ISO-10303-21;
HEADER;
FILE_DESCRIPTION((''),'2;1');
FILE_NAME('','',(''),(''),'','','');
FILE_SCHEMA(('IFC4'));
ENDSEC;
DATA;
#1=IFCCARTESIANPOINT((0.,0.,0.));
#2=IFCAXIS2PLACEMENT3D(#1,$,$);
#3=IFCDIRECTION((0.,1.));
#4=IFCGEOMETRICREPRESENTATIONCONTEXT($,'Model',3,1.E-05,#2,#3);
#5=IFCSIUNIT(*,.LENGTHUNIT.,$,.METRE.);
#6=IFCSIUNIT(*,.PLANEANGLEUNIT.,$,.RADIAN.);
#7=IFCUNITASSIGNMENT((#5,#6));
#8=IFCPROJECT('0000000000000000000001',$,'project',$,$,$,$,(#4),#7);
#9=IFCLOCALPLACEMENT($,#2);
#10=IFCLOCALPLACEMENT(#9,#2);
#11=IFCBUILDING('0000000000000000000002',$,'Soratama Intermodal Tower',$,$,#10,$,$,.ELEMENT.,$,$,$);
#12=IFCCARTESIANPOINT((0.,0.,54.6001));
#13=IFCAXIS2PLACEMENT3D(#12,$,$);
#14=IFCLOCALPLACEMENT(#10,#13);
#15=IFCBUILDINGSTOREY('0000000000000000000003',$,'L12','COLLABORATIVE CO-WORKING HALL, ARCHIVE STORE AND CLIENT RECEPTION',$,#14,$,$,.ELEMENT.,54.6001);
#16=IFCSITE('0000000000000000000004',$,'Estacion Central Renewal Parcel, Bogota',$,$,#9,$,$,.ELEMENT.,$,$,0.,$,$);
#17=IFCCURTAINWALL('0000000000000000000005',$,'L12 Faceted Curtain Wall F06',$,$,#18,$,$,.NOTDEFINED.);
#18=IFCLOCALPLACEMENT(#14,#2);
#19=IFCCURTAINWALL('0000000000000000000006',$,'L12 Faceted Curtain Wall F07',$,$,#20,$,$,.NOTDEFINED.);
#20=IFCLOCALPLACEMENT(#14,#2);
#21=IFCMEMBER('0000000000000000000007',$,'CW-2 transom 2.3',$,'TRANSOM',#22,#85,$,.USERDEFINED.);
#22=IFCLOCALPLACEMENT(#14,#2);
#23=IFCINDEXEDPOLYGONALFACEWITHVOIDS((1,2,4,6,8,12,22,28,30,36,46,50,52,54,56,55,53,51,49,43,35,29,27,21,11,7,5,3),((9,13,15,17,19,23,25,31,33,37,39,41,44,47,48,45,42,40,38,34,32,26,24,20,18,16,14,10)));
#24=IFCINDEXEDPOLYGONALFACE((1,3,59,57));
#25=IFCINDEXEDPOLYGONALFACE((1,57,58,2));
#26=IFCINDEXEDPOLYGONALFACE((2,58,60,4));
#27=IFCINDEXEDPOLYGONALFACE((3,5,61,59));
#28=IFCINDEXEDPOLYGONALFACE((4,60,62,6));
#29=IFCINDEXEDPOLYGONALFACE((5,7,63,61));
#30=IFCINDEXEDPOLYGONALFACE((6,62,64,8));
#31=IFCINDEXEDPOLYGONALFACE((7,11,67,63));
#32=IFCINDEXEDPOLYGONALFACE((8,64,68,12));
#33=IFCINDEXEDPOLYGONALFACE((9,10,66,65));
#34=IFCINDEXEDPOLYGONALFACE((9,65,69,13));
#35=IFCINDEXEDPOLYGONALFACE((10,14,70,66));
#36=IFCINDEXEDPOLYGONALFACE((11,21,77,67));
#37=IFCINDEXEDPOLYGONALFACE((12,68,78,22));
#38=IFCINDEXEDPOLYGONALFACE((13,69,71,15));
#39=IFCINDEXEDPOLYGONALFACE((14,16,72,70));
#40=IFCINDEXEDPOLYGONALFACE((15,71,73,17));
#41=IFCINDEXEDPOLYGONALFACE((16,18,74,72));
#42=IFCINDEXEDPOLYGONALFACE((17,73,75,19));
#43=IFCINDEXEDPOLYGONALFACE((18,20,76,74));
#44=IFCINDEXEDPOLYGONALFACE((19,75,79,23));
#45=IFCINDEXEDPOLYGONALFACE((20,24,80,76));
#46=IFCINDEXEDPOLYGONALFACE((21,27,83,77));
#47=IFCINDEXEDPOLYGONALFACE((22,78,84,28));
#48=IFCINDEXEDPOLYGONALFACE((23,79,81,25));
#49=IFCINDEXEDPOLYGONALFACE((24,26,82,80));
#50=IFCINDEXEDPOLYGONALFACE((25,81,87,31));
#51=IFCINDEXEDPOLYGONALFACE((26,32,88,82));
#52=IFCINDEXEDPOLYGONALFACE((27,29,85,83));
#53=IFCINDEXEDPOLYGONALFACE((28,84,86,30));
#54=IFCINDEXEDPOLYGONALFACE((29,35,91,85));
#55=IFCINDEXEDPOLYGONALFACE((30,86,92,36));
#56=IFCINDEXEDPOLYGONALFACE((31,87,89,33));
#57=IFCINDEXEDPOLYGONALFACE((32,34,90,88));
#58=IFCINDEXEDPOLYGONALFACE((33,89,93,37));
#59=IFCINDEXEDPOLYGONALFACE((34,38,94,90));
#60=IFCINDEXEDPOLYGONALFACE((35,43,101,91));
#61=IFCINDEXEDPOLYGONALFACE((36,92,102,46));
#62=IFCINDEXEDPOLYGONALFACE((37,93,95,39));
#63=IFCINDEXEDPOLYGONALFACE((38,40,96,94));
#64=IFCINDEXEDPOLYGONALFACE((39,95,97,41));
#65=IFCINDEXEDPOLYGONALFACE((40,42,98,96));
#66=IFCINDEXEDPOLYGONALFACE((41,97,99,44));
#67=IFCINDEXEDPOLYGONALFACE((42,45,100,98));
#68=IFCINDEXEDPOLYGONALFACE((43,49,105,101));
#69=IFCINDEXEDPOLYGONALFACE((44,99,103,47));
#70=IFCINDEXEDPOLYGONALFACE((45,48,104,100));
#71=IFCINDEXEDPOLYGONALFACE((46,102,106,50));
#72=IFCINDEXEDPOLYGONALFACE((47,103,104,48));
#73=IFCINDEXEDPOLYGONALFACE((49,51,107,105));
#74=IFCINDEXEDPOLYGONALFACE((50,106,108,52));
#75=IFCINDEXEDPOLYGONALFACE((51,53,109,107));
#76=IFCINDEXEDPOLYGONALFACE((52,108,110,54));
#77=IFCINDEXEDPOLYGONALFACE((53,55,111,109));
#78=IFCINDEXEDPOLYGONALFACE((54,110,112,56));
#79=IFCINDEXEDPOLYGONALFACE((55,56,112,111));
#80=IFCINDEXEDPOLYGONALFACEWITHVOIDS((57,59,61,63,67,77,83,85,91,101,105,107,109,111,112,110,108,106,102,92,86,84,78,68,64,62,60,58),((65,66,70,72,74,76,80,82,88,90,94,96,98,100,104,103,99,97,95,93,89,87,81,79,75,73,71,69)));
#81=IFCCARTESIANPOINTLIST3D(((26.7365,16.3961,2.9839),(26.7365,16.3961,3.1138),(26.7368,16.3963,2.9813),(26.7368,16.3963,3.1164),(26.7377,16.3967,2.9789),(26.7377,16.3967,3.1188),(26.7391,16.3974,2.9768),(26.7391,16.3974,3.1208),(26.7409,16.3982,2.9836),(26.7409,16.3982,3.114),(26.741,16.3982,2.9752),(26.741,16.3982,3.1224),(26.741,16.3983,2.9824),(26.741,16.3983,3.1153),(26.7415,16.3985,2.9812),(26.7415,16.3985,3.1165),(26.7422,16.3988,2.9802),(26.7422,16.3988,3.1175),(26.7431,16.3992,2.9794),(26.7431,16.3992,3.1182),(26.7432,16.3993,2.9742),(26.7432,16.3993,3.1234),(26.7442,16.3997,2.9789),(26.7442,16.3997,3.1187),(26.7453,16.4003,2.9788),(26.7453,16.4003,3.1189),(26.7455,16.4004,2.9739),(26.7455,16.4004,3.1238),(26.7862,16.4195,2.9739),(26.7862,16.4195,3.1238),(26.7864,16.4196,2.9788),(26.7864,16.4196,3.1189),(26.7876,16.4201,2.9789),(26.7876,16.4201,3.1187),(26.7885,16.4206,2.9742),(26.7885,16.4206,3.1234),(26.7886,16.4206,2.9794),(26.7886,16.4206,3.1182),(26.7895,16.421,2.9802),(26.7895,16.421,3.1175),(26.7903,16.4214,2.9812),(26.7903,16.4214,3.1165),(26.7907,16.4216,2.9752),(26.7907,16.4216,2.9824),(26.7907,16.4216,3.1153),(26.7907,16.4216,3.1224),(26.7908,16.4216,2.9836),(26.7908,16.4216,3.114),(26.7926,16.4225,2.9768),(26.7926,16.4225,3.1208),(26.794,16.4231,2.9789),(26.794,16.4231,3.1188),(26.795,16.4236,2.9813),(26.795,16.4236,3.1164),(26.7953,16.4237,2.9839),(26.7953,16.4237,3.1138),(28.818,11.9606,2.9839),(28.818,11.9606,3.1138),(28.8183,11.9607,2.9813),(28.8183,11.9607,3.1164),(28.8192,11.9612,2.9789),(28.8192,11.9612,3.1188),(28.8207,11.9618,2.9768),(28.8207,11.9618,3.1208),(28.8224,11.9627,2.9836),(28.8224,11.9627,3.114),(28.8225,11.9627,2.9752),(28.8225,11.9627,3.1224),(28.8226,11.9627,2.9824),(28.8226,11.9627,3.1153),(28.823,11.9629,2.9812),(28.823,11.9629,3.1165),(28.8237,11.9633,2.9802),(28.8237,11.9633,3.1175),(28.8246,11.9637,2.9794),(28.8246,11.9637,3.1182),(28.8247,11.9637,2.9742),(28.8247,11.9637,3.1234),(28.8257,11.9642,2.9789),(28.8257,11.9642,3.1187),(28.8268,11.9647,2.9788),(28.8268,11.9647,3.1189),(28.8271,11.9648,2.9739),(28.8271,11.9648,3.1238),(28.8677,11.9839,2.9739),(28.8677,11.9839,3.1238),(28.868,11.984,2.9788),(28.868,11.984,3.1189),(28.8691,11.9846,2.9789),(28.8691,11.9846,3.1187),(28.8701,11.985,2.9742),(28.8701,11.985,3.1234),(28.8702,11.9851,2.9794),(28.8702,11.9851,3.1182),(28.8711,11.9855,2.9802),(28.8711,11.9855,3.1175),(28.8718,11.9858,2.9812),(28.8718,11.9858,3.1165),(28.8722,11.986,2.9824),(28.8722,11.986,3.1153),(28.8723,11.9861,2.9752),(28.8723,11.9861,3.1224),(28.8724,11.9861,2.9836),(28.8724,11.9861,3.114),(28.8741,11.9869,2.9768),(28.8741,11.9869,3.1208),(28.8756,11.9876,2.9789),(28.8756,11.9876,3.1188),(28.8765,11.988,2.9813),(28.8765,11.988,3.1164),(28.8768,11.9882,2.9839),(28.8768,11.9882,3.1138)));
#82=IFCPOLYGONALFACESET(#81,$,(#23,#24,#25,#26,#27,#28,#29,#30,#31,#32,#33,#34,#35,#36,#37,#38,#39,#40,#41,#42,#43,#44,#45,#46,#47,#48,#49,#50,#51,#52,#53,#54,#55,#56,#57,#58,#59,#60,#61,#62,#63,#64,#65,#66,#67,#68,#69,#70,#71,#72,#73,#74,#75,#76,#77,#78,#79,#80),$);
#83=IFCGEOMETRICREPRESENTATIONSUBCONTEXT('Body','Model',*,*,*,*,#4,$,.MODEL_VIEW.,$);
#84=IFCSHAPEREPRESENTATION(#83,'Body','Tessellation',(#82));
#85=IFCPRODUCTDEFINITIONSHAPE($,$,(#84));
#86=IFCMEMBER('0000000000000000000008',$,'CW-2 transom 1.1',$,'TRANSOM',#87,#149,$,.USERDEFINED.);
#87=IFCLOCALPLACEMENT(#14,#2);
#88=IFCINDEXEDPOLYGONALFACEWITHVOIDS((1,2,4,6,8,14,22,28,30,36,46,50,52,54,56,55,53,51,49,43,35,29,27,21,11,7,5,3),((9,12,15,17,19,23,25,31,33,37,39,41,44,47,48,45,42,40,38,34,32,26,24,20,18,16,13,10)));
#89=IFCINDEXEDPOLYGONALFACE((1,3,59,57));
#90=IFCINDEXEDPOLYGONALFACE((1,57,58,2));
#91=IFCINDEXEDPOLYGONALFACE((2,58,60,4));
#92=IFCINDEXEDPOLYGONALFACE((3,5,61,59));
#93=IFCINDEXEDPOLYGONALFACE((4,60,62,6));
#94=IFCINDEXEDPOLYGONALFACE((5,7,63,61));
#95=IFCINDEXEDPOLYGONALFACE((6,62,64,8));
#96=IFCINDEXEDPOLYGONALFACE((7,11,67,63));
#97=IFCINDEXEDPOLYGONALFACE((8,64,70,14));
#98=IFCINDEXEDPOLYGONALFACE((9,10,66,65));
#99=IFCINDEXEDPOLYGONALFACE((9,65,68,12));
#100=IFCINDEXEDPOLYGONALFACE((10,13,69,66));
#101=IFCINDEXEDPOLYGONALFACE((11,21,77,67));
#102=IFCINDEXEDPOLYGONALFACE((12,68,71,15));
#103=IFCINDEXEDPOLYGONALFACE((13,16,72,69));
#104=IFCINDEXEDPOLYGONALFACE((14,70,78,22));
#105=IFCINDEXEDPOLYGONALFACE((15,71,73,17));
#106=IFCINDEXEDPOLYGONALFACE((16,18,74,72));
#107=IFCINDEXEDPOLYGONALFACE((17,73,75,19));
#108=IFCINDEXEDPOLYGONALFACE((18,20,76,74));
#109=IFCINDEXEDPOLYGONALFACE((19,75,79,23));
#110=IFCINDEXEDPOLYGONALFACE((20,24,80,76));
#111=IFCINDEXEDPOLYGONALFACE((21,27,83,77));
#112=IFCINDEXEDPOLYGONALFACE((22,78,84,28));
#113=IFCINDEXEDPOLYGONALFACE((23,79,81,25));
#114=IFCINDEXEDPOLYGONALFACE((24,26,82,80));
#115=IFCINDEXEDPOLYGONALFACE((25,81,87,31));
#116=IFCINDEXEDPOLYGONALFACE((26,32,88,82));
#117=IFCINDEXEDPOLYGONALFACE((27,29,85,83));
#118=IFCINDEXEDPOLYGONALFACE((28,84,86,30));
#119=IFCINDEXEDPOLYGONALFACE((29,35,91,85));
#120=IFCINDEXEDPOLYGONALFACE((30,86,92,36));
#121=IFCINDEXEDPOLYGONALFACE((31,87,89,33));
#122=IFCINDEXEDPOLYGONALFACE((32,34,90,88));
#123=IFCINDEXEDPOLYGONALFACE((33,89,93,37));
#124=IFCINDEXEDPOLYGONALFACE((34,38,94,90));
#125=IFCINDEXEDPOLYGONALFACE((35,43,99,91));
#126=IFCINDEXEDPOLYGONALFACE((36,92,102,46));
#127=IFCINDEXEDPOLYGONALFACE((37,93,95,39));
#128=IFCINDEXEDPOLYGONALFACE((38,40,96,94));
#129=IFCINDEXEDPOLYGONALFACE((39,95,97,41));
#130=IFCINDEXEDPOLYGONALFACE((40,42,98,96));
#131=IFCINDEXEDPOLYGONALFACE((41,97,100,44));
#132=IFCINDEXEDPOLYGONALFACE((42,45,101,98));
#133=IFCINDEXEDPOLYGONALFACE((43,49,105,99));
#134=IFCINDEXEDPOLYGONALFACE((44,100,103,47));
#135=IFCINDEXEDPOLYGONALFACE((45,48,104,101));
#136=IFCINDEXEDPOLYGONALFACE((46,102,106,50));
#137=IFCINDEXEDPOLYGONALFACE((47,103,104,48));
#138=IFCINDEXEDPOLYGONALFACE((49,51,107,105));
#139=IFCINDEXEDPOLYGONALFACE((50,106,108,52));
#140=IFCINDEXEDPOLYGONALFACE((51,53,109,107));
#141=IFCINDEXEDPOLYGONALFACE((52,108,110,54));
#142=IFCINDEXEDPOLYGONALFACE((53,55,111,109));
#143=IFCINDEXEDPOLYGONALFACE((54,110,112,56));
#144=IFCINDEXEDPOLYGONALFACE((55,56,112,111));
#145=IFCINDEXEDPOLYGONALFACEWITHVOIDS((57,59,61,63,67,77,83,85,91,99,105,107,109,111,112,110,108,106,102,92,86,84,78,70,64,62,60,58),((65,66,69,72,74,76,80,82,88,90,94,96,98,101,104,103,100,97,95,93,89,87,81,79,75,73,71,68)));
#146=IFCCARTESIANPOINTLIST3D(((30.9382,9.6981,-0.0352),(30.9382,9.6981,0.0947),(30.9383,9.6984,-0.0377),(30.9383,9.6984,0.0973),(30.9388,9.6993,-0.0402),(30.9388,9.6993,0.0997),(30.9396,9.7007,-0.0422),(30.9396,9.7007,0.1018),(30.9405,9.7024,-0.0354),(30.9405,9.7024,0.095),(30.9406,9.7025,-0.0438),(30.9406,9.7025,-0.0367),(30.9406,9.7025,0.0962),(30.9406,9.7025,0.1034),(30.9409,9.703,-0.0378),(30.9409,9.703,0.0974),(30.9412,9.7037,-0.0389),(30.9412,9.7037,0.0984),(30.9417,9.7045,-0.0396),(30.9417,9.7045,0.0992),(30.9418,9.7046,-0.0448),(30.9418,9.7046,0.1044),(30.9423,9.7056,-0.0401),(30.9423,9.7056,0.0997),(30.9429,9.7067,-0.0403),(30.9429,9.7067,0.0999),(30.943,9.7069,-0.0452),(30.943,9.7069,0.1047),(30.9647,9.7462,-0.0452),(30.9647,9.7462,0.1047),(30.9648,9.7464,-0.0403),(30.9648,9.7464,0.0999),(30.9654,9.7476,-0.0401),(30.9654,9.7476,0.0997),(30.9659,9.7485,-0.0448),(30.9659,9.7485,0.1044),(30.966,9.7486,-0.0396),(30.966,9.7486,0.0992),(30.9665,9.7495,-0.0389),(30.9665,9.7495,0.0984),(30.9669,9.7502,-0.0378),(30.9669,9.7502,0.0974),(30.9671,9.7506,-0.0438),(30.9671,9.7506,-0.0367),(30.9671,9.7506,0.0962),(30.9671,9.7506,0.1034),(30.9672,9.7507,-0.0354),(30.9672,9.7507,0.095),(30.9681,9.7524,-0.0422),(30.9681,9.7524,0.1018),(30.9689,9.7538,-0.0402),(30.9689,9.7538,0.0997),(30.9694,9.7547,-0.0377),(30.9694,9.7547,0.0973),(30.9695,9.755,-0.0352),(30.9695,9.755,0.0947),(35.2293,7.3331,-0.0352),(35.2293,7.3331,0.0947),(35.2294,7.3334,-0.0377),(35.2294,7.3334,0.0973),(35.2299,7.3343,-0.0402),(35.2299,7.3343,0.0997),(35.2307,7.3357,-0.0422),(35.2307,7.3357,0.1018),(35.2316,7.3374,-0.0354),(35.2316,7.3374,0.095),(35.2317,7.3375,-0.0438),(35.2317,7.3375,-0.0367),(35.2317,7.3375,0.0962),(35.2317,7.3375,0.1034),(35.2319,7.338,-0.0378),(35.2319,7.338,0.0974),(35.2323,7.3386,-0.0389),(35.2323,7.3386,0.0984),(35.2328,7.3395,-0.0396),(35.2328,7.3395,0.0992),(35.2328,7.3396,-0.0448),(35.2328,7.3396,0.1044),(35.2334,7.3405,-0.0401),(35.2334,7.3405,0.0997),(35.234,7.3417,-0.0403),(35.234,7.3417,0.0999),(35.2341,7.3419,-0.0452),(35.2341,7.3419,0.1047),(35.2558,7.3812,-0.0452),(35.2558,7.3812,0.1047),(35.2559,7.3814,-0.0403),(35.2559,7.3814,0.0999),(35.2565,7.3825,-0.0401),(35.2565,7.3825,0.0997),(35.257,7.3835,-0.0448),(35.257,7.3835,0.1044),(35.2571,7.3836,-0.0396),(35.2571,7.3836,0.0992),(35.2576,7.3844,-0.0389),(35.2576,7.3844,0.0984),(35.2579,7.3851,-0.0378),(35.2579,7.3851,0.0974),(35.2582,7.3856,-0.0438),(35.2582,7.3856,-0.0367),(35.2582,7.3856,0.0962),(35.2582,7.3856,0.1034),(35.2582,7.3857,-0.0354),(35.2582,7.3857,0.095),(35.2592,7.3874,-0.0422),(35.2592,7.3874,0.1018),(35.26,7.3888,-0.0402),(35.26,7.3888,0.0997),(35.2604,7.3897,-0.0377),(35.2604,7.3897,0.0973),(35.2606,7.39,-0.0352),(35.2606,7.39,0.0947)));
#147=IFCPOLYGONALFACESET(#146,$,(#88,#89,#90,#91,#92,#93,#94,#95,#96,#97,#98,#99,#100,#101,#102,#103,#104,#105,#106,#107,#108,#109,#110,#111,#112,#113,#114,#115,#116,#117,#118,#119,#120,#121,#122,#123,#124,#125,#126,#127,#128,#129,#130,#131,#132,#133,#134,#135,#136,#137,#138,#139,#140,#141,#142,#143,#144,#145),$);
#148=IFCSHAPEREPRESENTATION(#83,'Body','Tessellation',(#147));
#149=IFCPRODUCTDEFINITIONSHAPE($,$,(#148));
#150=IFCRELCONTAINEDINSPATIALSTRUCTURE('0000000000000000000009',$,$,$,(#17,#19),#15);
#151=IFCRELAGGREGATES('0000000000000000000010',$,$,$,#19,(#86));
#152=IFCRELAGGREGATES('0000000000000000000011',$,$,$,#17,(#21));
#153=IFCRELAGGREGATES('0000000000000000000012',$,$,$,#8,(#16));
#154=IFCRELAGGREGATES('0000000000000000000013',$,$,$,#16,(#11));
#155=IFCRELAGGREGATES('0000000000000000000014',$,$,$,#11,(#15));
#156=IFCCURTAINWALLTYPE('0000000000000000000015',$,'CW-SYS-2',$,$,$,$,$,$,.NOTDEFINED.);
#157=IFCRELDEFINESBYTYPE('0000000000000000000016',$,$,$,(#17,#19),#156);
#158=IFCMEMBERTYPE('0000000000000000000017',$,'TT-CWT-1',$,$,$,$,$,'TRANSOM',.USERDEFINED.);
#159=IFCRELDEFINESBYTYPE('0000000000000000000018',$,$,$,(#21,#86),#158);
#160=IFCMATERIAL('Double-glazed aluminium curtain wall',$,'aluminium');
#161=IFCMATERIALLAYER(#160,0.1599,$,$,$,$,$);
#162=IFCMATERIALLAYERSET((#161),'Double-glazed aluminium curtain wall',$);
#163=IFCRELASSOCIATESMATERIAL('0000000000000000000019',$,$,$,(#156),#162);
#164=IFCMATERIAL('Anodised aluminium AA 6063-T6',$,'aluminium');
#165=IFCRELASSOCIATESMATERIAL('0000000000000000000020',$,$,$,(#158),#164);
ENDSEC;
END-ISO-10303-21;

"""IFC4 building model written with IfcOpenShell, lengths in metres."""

from ifc_helpers import new_model, si_unit, direction, frame, origin, origin_2d, place, context, subcontext, project, spatial, hollow_rectangle, extrude, material, layer, layer_set, material_profile, profile_set, type_object, element, aggregate, save


model = new_model("IFC4")

# Units and contexts
model_context = context("Model", 3, precision=1e-05, world=origin(), true_north=direction((0.0, 1.0)))
body_context = subcontext(model_context, "Body", "Model", "MODEL_VIEW")
ifc_project = project(units=[si_unit("LENGTHUNIT", "METRE"), si_unit("PLANEANGLEUNIT", "RADIAN")], contexts=[model_context])

# Site, building, storey
site_placement = place(None, origin())
site = spatial("IfcSite", under=ifc_project, at=site_placement, Name="Estacion Central Renewal Parcel, Bogota", CompositionType="ELEMENT", RefElevation=0.0)
building_placement = place(site_placement, origin())
building = spatial("IfcBuilding", under=site, at=building_placement, Name="Soratama Intermodal Tower", CompositionType="ELEMENT")
storey_placement = place(building_placement, frame((0.0, 0.0, 54.6001)))
storey = spatial("IfcBuildingStorey", under=building, at=storey_placement, Name="L12", Description="COLLABORATIVE CO-WORKING HALL, ARCHIVE STORE AND CLIENT RECEPTION", CompositionType="ELEMENT", Elevation=54.6001)

# Curtain walls
ifc_material_1 = material(Name="Double-glazed aluminium curtain wall", Category="aluminium")
ifc_layer_1 = layer(ifc_material_1, 0.1599)
ifc_layer_set_1 = layer_set([ifc_layer_1], Name="Double-glazed aluminium curtain wall")
curtain_wall_type = type_object("IfcCurtainWallType", Name="CW-SYS-2", PredefinedType="NOTDEFINED", material=ifc_layer_set_1)
curtain_wall_1_placement = place(storey_placement, origin())
curtain_wall_1 = element("IfcCurtainWall", 1, at=curtain_wall_1_placement, inside=storey, type_object=curtain_wall_type, Name="L12 Faceted Curtain Wall F06", PredefinedType="NOTDEFINED")
curtain_wall_2_placement = place(storey_placement, origin())
curtain_wall_2 = element("IfcCurtainWall", 2, at=curtain_wall_2_placement, inside=storey, type_object=curtain_wall_type, Name="L12 Faceted Curtain Wall F07", PredefinedType="NOTDEFINED")

# Members
ifc_material_2 = material(Name="Anodised aluminium AA 6063-T6", Category="aluminium")
ifc_material_profile_1 = material_profile(ifc_material_2, hollow_rectangle(XDim=0.0649, YDim=0.1499, WallThickness=0.0049, InnerFilletRadius=0.0049, OuterFilletRadius=0.01, at=origin_2d()), Name="CWT150X65X5")
ifc_profile_set_1 = profile_set([ifc_material_profile_1], Name="Anodised aluminium AA 6063-T6")
member_type_1 = type_object("IfcMemberType", Name="TT-CWT-1", ElementType="TRANSOM", PredefinedType="USERDEFINED", material=ifc_profile_set_1)
member_1_placement = place(storey_placement, frame((26.7659, 16.4099, 3.0488), z_axis=(0.424832, -0.905272, 0.0), x_axis=(0.905272, 0.424832, 0.0)))
member_1 = element("IfcMember", 3, at=member_1_placement, type_object=member_type_1, Name="CW-2 transom 2.3", ObjectType="TRANSOM", PredefinedType="USERDEFINED", context=body_context, shape_type="SweptSolid", body=[
    extrude(hollow_rectangle(XDim=0.0649, YDim=0.1499, WallThickness=0.0049, InnerFilletRadius=0.0049, OuterFilletRadius=0.01, at=origin_2d()), origin(), (0.0, 0.0, 1.0), 4.8997),
])
member_2_placement = place(storey_placement, frame((30.9539, 9.7266, 0.0298), z_axis=(0.875791, -0.482691, 0.0), x_axis=(0.482691, 0.875791, 0.0)))
member_2 = element("IfcMember", 4, at=member_2_placement, type_object=member_type_1, Name="CW-2 transom 1.1", ObjectType="TRANSOM", PredefinedType="USERDEFINED", context=body_context, shape_type="SweptSolid", body=[
    extrude(hollow_rectangle(XDim=0.0649, YDim=0.1499, WallThickness=0.0049, InnerFilletRadius=0.0049, OuterFilletRadius=0.01, at=origin_2d()), origin(), (0.0, 0.0, 1.0), 4.8997),
])
aggregate(curtain_wall_2, [member_2])

aggregate(curtain_wall_1, [member_1])

save(model, "model.ifc")
